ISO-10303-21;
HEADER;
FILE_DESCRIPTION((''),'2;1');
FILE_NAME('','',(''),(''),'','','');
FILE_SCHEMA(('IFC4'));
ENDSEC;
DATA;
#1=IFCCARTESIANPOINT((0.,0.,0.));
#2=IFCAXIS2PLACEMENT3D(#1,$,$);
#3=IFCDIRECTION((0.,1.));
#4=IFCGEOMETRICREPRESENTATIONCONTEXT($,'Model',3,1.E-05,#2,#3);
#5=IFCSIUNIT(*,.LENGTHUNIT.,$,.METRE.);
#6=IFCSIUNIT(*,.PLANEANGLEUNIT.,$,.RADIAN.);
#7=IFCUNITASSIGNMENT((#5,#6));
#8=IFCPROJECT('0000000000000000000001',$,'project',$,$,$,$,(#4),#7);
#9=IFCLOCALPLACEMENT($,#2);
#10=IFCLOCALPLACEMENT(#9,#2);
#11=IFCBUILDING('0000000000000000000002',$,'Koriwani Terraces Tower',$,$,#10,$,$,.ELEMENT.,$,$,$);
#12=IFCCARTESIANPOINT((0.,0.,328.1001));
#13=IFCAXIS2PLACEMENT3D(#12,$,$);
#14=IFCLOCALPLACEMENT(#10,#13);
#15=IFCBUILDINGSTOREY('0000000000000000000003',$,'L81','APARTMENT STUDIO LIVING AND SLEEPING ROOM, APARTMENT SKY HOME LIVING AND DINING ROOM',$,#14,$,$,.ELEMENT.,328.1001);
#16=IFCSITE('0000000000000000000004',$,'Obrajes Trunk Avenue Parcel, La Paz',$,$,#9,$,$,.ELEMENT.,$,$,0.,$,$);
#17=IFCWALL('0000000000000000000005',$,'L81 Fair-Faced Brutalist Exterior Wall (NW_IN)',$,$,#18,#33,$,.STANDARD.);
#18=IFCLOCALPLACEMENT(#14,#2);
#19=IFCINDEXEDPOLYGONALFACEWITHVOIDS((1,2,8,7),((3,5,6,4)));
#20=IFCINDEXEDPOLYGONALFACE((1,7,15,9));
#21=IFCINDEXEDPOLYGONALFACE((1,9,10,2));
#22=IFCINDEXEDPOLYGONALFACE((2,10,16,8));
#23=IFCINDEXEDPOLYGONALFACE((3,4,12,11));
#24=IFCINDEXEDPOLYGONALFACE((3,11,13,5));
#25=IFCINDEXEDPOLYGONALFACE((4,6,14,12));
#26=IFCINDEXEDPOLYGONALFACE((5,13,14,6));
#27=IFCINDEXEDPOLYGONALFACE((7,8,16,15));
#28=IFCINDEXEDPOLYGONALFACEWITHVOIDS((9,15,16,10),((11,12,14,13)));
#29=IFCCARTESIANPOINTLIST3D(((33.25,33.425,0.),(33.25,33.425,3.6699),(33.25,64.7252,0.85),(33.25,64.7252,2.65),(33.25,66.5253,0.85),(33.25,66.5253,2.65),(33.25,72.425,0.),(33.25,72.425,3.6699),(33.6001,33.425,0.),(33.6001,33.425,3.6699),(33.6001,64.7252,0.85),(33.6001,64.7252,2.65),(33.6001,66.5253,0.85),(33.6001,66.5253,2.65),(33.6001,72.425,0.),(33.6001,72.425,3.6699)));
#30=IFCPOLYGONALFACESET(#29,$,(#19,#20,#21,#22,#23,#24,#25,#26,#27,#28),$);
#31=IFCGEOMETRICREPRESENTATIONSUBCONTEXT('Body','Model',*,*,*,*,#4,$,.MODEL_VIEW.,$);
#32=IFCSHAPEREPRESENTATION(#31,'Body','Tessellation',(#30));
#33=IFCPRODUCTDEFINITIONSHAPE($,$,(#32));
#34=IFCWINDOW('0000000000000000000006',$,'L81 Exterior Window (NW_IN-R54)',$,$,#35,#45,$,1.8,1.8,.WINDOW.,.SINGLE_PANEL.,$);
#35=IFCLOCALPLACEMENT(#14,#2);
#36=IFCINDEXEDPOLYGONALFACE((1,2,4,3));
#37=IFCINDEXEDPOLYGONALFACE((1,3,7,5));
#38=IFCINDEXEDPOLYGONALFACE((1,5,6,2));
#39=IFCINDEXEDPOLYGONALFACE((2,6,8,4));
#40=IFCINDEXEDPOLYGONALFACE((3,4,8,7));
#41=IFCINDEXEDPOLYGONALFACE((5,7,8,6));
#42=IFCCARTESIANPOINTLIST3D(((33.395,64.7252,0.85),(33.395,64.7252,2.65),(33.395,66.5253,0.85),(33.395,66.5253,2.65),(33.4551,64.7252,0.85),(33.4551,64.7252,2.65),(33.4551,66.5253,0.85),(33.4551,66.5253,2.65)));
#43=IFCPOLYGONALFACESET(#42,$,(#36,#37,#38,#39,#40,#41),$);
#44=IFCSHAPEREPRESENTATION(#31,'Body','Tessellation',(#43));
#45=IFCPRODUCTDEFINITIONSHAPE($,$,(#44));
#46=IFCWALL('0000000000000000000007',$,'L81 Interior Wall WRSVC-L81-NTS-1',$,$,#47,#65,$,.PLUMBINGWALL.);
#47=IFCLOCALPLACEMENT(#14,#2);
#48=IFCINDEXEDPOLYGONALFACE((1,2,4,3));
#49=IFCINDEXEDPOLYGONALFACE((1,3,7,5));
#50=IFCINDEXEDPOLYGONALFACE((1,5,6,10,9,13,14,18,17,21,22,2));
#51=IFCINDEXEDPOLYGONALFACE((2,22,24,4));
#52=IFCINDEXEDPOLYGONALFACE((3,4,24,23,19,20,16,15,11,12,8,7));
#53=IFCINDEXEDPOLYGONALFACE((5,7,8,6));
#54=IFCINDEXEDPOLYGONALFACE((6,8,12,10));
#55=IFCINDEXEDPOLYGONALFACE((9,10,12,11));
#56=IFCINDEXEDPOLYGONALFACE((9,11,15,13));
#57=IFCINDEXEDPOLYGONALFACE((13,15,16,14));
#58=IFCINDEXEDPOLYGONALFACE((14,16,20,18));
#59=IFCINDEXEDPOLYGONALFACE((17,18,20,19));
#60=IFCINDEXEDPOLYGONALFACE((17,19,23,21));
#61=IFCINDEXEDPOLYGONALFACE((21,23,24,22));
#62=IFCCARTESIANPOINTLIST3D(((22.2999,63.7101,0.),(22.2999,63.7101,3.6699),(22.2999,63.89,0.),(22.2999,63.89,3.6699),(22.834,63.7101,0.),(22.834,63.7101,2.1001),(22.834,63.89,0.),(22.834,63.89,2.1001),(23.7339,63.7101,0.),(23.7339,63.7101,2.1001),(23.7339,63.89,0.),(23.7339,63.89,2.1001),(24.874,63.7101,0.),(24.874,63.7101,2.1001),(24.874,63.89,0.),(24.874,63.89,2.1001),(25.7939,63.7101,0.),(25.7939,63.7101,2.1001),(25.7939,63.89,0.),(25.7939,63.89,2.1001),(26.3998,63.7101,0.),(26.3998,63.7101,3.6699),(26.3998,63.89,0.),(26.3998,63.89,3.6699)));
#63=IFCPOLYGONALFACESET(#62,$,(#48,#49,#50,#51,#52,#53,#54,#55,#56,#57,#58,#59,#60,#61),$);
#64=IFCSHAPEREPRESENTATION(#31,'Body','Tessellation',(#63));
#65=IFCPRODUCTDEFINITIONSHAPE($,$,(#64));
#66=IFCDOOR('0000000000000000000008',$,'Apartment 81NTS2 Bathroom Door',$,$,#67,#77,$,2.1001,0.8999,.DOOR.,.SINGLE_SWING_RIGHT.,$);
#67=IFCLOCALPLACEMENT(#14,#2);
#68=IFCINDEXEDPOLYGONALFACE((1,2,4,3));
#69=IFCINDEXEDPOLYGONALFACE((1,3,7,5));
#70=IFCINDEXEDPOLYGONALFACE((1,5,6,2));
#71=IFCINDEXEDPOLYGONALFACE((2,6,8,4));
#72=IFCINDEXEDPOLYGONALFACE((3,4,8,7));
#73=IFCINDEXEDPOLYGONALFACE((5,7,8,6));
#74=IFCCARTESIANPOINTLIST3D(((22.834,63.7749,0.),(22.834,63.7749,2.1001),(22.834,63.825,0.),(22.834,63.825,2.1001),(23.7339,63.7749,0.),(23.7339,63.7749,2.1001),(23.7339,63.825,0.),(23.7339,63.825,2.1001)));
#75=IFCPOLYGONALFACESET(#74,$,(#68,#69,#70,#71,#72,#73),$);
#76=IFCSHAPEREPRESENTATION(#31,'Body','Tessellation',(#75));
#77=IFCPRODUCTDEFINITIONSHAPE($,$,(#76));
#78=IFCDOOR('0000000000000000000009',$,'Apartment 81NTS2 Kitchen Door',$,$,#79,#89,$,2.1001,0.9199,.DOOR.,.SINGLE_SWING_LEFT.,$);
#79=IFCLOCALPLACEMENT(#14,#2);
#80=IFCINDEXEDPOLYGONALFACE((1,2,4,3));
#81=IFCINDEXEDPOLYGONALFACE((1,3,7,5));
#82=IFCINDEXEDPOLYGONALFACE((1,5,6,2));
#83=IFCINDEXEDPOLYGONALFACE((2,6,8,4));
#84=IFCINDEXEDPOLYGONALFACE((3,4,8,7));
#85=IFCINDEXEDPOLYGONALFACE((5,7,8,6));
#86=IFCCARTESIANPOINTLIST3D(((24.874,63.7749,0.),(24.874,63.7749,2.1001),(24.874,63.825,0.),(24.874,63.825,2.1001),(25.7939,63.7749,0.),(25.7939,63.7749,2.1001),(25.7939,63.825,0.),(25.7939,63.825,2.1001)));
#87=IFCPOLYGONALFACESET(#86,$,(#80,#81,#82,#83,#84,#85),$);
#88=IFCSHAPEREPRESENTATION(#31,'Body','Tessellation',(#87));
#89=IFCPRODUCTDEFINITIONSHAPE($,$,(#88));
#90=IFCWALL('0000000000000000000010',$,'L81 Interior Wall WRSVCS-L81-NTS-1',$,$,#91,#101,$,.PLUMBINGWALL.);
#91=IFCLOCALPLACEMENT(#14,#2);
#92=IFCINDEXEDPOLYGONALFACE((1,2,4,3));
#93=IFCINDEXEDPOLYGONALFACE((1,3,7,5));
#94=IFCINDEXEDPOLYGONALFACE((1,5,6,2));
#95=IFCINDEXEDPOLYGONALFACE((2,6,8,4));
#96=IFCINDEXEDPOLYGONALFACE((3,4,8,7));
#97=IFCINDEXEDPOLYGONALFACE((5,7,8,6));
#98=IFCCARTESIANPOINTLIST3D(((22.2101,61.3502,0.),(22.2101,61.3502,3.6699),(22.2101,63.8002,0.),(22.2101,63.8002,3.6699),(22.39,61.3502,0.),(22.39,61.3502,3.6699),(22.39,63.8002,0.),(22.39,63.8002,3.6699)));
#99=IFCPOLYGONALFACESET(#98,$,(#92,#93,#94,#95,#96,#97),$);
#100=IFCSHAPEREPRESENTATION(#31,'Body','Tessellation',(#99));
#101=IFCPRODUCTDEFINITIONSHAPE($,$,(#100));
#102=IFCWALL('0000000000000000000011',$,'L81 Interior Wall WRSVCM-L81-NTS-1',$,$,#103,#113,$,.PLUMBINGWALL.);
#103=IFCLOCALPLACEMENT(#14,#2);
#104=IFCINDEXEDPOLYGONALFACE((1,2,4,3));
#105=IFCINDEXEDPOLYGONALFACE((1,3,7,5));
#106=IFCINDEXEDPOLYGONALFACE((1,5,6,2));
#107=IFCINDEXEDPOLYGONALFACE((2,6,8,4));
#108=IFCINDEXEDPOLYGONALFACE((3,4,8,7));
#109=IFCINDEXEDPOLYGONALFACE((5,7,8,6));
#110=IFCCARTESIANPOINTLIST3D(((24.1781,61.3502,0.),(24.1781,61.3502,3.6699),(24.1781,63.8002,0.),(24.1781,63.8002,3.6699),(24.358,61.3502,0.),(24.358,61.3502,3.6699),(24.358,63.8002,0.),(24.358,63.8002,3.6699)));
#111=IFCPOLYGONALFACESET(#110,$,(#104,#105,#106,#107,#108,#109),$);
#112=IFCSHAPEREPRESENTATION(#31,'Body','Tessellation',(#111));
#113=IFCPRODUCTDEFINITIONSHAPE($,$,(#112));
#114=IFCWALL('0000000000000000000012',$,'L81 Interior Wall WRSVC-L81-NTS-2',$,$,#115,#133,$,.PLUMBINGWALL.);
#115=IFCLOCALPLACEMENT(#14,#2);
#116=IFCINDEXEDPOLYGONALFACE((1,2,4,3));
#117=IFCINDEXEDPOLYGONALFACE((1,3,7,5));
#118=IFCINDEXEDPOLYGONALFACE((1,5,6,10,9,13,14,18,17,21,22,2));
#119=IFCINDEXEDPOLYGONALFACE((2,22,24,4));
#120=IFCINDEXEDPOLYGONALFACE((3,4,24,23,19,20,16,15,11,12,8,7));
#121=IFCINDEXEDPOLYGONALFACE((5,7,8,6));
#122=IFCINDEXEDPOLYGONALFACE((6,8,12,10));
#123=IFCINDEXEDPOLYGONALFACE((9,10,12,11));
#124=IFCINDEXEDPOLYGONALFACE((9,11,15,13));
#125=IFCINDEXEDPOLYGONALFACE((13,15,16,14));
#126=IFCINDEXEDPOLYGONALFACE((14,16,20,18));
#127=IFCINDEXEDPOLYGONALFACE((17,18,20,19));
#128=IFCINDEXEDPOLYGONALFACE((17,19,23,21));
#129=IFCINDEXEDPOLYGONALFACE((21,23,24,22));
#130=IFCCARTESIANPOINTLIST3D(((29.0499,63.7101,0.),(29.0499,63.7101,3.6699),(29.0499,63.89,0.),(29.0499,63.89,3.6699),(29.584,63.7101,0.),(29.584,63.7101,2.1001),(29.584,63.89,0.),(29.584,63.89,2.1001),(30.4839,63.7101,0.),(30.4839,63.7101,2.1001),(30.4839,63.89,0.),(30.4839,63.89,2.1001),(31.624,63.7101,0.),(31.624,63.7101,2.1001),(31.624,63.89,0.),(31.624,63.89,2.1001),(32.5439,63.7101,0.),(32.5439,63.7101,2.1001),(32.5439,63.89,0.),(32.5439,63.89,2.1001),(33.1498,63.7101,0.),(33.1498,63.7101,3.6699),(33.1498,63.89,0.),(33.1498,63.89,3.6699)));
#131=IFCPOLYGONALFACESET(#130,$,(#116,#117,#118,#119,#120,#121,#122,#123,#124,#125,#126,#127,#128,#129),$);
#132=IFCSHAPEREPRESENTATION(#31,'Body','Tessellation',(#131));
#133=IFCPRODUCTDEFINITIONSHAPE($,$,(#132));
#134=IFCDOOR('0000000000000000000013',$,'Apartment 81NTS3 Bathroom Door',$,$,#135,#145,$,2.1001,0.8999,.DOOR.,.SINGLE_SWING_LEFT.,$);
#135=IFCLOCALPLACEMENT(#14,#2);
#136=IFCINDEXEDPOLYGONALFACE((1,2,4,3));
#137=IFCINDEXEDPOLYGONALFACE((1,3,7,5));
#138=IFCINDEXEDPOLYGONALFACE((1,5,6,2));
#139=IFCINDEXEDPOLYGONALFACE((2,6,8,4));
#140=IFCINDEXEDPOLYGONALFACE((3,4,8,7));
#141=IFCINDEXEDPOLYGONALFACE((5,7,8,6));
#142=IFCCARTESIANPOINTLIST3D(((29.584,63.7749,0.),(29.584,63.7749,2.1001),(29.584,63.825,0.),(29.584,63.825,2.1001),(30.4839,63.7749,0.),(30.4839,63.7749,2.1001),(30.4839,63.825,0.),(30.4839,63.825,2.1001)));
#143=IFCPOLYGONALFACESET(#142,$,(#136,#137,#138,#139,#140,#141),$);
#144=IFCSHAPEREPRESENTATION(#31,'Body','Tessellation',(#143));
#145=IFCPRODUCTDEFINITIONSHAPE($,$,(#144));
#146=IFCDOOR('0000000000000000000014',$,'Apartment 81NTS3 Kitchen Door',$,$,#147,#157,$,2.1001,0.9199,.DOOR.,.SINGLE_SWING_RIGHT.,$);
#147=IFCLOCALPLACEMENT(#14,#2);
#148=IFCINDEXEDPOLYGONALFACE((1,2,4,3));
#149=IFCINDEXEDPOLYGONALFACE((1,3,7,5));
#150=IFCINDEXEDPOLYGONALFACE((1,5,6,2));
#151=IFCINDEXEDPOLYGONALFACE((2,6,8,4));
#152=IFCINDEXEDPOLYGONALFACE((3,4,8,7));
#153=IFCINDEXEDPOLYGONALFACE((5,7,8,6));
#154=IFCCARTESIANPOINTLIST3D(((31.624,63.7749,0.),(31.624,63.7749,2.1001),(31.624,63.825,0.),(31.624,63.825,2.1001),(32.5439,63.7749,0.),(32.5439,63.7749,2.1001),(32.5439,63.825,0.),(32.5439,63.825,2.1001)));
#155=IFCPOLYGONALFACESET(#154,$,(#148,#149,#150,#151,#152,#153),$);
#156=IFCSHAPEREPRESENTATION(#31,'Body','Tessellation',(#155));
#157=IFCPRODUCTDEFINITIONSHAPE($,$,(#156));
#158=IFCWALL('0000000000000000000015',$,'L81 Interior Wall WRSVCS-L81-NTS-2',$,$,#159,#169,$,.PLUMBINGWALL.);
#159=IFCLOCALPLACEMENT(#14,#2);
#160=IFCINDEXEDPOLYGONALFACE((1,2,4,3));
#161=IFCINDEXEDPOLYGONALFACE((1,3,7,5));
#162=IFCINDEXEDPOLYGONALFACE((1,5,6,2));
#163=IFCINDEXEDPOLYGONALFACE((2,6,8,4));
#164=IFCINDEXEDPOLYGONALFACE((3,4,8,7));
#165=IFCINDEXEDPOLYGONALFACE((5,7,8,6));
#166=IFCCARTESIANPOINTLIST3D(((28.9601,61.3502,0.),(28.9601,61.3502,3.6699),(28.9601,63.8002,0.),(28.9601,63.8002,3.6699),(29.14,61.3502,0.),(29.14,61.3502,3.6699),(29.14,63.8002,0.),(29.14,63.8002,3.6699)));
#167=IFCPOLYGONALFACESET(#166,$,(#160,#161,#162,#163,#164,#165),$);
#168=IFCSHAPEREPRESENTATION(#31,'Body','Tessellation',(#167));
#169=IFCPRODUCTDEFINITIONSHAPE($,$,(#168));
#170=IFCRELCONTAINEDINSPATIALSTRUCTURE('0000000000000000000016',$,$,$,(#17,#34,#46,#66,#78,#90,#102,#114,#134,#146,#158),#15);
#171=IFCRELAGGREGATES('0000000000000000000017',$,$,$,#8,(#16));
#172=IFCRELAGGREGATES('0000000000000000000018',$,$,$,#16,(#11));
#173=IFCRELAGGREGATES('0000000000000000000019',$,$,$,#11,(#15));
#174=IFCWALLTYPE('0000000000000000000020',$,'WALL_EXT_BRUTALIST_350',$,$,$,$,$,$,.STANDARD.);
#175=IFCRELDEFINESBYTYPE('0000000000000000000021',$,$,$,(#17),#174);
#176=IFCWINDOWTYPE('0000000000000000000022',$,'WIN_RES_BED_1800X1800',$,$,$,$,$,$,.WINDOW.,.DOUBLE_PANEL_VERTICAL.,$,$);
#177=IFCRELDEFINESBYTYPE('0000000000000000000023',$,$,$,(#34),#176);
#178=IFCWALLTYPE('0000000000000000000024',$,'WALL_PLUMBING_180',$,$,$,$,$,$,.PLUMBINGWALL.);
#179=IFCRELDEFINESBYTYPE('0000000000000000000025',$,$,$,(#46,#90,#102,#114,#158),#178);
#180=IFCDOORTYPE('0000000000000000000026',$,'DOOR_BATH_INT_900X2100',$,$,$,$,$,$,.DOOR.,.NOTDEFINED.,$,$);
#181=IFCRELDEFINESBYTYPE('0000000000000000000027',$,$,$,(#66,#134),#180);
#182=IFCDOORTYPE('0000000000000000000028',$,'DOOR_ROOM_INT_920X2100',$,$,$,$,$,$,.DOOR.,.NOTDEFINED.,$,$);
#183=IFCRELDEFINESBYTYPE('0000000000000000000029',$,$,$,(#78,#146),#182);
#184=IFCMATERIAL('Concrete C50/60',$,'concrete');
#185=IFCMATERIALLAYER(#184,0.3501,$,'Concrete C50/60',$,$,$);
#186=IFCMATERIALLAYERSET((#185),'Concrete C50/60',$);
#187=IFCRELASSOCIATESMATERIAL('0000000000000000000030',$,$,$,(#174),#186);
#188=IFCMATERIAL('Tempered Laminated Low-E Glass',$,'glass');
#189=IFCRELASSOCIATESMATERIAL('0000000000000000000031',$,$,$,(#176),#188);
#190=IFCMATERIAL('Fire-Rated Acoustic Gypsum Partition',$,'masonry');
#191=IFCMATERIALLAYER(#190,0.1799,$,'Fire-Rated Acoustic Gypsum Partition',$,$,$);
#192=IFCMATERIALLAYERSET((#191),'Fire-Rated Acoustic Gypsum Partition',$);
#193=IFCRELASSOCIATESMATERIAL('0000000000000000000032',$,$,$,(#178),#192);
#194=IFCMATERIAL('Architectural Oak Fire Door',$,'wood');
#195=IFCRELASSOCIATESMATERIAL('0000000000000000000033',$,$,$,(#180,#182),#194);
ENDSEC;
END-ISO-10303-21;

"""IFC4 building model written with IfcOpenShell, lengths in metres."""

from ifc_helpers import new_model, si_unit, direction, frame, frame_2d, origin, place, context, subcontext, project, spatial, rectangle, extrude, material, layer, layer_set, type_object, element, fill, save


model = new_model("IFC4")

# Units and contexts
model_context = context("Model", 3, precision=1e-05, world=origin(), true_north=direction((0.0, 1.0)))
body_context = subcontext(model_context, "Body", "Model", "MODEL_VIEW")
ifc_project = project(units=[si_unit("LENGTHUNIT", "METRE"), si_unit("PLANEANGLEUNIT", "RADIAN")], contexts=[model_context])

# Site, building, storey
site_placement = place(None, origin())
site = spatial("IfcSite", under=ifc_project, at=site_placement, Name="Obrajes Trunk Avenue Parcel, La Paz", CompositionType="ELEMENT", RefElevation=0.0)
building_placement = place(site_placement, origin())
building = spatial("IfcBuilding", under=site, at=building_placement, Name="Koriwani Terraces Tower", CompositionType="ELEMENT")
storey_placement = place(building_placement, frame((0.0, 0.0, 328.1001)))
storey = spatial("IfcBuildingStorey", under=building, at=storey_placement, Name="L81", Description="APARTMENT STUDIO LIVING AND SLEEPING ROOM, APARTMENT SKY HOME LIVING AND DINING ROOM", CompositionType="ELEMENT", Elevation=328.1001)

# Shared definitions
ifc_material_1 = material(Name="Concrete C50/60", Category="concrete")

# Shared definitions
ifc_layer_1 = layer(ifc_material_1, 0.3501, Name="Concrete C50/60")
ifc_layer_set_1 = layer_set([ifc_layer_1], Name="Concrete C50/60")
wall_type_1 = type_object("IfcWallType", Name="WALL_EXT_BRUTALIST_350", PredefinedType="STANDARD", material=ifc_layer_set_1)

# Wall, opening, window
ifc_material_2 = material(Name="Tempered Laminated Low-E Glass", Category="glass")
window_type = type_object("IfcWindowType", Name="WIN_RES_BED_1800X1800", PartitioningType="DOUBLE_PANEL_VERTICAL", PredefinedType="WINDOW", material=ifc_material_2)
wall_1_placement = place(storey_placement, frame((33.425, 72.425, 0.0), z_axis=(0.0, 0.0, 1.0), x_axis=(0.0, -1.0, 0.0)))
wall_1 = element("IfcWall", 1, at=wall_1_placement, inside=storey, type_object=wall_type_1, Name="L81 Fair-Faced Brutalist Exterior Wall (NW_IN)", PredefinedType="STANDARD", context=body_context, shape_type="SweptSolid", body=[
    extrude(rectangle(XDim=39.0, YDim=0.3501, at=frame_2d((19.5, 0.0))), origin(), (0.0, 0.0, 1.0), 3.6699),
])
opening_1_placement = place(wall_1_placement, frame((5.8999, 0.0, 0.8501)))
opening_1 = element("IfcOpeningElement", 2, at=opening_1_placement, cuts=wall_1, PredefinedType="OPENING", context=body_context, shape_type="SweptSolid", body=[
    extrude(rectangle(XDim=1.8, YDim=1.8, at=frame_2d((0.8999, 0.8999))), frame((0.0, 0.1851, 0.0), z_axis=(0.0, -1.0, 0.0), x_axis=(1.0, 0.0, 0.0)), (0.0, 0.0, 1.0), 0.3701),
])
window_1_placement = place(opening_1_placement, origin())
window_1 = element("IfcWindow", 3, at=window_1_placement, inside=storey, type_object=window_type, Name="L81 Exterior Window (NW_IN-R54)", OverallHeight=1.8, OverallWidth=1.8, PartitioningType="SINGLE_PANEL", PredefinedType="WINDOW", context=body_context, shape_type="SweptSolid", body=[
    extrude(rectangle(XDim=1.8, YDim=1.8, at=frame_2d((0.8999, 0.8999))), frame((0.0, 0.03, 0.0), z_axis=(0.0, -1.0, 0.0), x_axis=(1.0, 0.0, 0.0)), (0.0, 0.0, 1.0), 0.0601),
])
fill(opening_1, window_1)

# Wall, openings, doors
ifc_material_3 = material(Name="Fire-Rated Acoustic Gypsum Partition", Category="masonry")
ifc_layer_2 = layer(ifc_material_3, 0.1799, Name="Fire-Rated Acoustic Gypsum Partition")
ifc_layer_set_2 = layer_set([ifc_layer_2], Name="Fire-Rated Acoustic Gypsum Partition")
wall_type_2 = type_object("IfcWallType", Name="WALL_PLUMBING_180", PredefinedType="PLUMBINGWALL", material=ifc_layer_set_2)
wall_2_placement = place(storey_placement, frame((22.3, 63.8, 0.0), z_axis=(0.0, 0.0, 1.0), x_axis=(1.0, 0.0, 0.0)))
wall_2 = element("IfcWall", 4, at=wall_2_placement, inside=storey, type_object=wall_type_2, Name="L81 Interior Wall WRSVC-L81-NTS-1", PredefinedType="PLUMBINGWALL", context=body_context, shape_type="SweptSolid", body=[
    extrude(rectangle(XDim=4.0999, YDim=0.1799, at=frame_2d((2.0498, 0.0))), origin(), (0.0, 0.0, 1.0), 3.6699),
])
opening_2_placement = place(wall_2_placement, frame((0.5339, 0.0, 0.0)))
opening_2 = element("IfcOpeningElement", 5, at=opening_2_placement, cuts=wall_2, PredefinedType="OPENING", context=body_context, shape_type="SweptSolid", body=[
    extrude(rectangle(XDim=0.8999, YDim=2.1001, at=frame_2d((0.45, 1.05))), frame((0.0, 0.1001, 0.0), z_axis=(0.0, -1.0, 0.0), x_axis=(1.0, 0.0, 0.0)), (0.0, 0.0, 1.0), 0.2),
])
opening_3_placement = place(wall_2_placement, frame((2.574, 0.0, 0.0)))
opening_3 = element("IfcOpeningElement", 6, at=opening_3_placement, cuts=wall_2, PredefinedType="OPENING", context=body_context, shape_type="SweptSolid", body=[
    extrude(rectangle(XDim=0.9199, YDim=2.1001, at=frame_2d((0.46, 1.05))), frame((0.0, 0.1001, 0.0), z_axis=(0.0, -1.0, 0.0), x_axis=(1.0, 0.0, 0.0)), (0.0, 0.0, 1.0), 0.2),
])
ifc_material_4 = material(Name="Architectural Oak Fire Door", Category="wood")
door_type_1 = type_object("IfcDoorType", Name="DOOR_BATH_INT_900X2100", OperationType="NOTDEFINED", PredefinedType="DOOR", material=ifc_material_4)
door_1_placement = place(opening_2_placement, origin())
door_1 = element("IfcDoor", 7, at=door_1_placement, inside=storey, type_object=door_type_1, Name="Apartment 81NTS2 Bathroom Door", OperationType="SINGLE_SWING_RIGHT", OverallHeight=2.1001, OverallWidth=0.8999, PredefinedType="DOOR", context=body_context, shape_type="SweptSolid", body=[
    extrude(rectangle(XDim=0.8999, YDim=2.1001, at=frame_2d((0.45, 1.05))), frame((0.0, 0.0249, 0.0), z_axis=(0.0, -1.0, 0.0), x_axis=(1.0, 0.0, 0.0)), (0.0, 0.0, 1.0), 0.05),
])
fill(opening_2, door_1)
door_type_2 = type_object("IfcDoorType", Name="DOOR_ROOM_INT_920X2100", OperationType="NOTDEFINED", PredefinedType="DOOR", material=ifc_material_4)
door_2_placement = place(opening_3_placement, origin())
door_2 = element("IfcDoor", 8, at=door_2_placement, inside=storey, type_object=door_type_2, Name="Apartment 81NTS2 Kitchen Door", OperationType="SINGLE_SWING_LEFT", OverallHeight=2.1001, OverallWidth=0.9199, PredefinedType="DOOR", context=body_context, shape_type="SweptSolid", body=[
    extrude(rectangle(XDim=0.9199, YDim=2.1001, at=frame_2d((0.46, 1.05))), frame((0.0, 0.0249, 0.0), z_axis=(0.0, -1.0, 0.0), x_axis=(1.0, 0.0, 0.0)), (0.0, 0.0, 1.0), 0.05),
])
fill(opening_3, door_2)

# Walls
for number, where, z_axis, x_axis, name in (
    (9, (22.3, 61.3501, 0.0), (0.0, 0.0, 1.0), (0.0, 1.0, 0.0), "L81 Interior Wall WRSVCS-L81-NTS-1"),
    (10, (24.2681, 61.3501, 0.0), (0.0, 0.0, 1.0), (0.0, 1.0, 0.0), "L81 Interior Wall WRSVCM-L81-NTS-1"),
):
    element("IfcWall", number, at=place(storey_placement, frame(where, z_axis=z_axis, x_axis=x_axis)), inside=storey, type_object=wall_type_2, Name=name, PredefinedType="PLUMBINGWALL", context=body_context, shape_type="SweptSolid", body=[
        extrude(rectangle(XDim=2.45, YDim=0.1799, at=frame_2d((1.2251, 0.0))), origin(), (0.0, 0.0, 1.0), 3.6699),
    ])

# Wall, openings, doors
wall_3_placement = place(storey_placement, frame((29.05, 63.8, 0.0), z_axis=(0.0, 0.0, 1.0), x_axis=(1.0, 0.0, 0.0)))
wall_3 = element("IfcWall", 11, at=wall_3_placement, inside=storey, type_object=wall_type_2, Name="L81 Interior Wall WRSVC-L81-NTS-2", PredefinedType="PLUMBINGWALL", context=body_context, shape_type="SweptSolid", body=[
    extrude(rectangle(XDim=4.0999, YDim=0.1799, at=frame_2d((2.0498, 0.0))), origin(), (0.0, 0.0, 1.0), 3.6699),
])
opening_4_placement = place(wall_3_placement, frame((0.5339, 0.0, 0.0)))
opening_4 = element("IfcOpeningElement", 12, at=opening_4_placement, cuts=wall_3, PredefinedType="OPENING", context=body_context, shape_type="SweptSolid", body=[
    extrude(rectangle(XDim=0.8999, YDim=2.1001, at=frame_2d((0.45, 1.05))), frame((0.0, 0.1001, 0.0), z_axis=(0.0, -1.0, 0.0), x_axis=(1.0, 0.0, 0.0)), (0.0, 0.0, 1.0), 0.2),
])
opening_5_placement = place(wall_3_placement, frame((2.574, 0.0, 0.0)))
opening_5 = element("IfcOpeningElement", 13, at=opening_5_placement, cuts=wall_3, PredefinedType="OPENING", context=body_context, shape_type="SweptSolid", body=[
    extrude(rectangle(XDim=0.9199, YDim=2.1001, at=frame_2d((0.46, 1.05))), frame((0.0, 0.1001, 0.0), z_axis=(0.0, -1.0, 0.0), x_axis=(1.0, 0.0, 0.0)), (0.0, 0.0, 1.0), 0.2),
])
door_3_placement = place(opening_4_placement, origin())
door_3 = element("IfcDoor", 14, at=door_3_placement, inside=storey, type_object=door_type_1, Name="Apartment 81NTS3 Bathroom Door", OperationType="SINGLE_SWING_LEFT", OverallHeight=2.1001, OverallWidth=0.8999, PredefinedType="DOOR", context=body_context, shape_type="SweptSolid", body=[
    extrude(rectangle(XDim=0.8999, YDim=2.1001, at=frame_2d((0.45, 1.05))), frame((0.0, 0.0249, 0.0), z_axis=(0.0, -1.0, 0.0), x_axis=(1.0, 0.0, 0.0)), (0.0, 0.0, 1.0), 0.05),
])
fill(opening_4, door_3)
door_4_placement = place(opening_5_placement, origin())
door_4 = element("IfcDoor", 15, at=door_4_placement, inside=storey, type_object=door_type_2, Name="Apartment 81NTS3 Kitchen Door", OperationType="SINGLE_SWING_RIGHT", OverallHeight=2.1001, OverallWidth=0.9199, PredefinedType="DOOR", context=body_context, shape_type="SweptSolid", body=[
    extrude(rectangle(XDim=0.9199, YDim=2.1001, at=frame_2d((0.46, 1.05))), frame((0.0, 0.0249, 0.0), z_axis=(0.0, -1.0, 0.0), x_axis=(1.0, 0.0, 0.0)), (0.0, 0.0, 1.0), 0.05),
])
fill(opening_5, door_4)

# Wall
for number, where, z_axis, x_axis, name in (
    (16, (29.05, 61.3501, 0.0), (0.0, 0.0, 1.0), (0.0, 1.0, 0.0), "L81 Interior Wall WRSVCS-L81-NTS-2"),
):
    element("IfcWall", number, at=place(storey_placement, frame(where, z_axis=z_axis, x_axis=x_axis)), inside=storey, type_object=wall_type_2, Name=name, PredefinedType="PLUMBINGWALL", context=body_context, shape_type="SweptSolid", body=[
        extrude(rectangle(XDim=2.45, YDim=0.1799, at=frame_2d((1.2251, 0.0))), origin(), (0.0, 0.0, 1.0), 3.6699),
    ])

save(model, "model.ifc")
